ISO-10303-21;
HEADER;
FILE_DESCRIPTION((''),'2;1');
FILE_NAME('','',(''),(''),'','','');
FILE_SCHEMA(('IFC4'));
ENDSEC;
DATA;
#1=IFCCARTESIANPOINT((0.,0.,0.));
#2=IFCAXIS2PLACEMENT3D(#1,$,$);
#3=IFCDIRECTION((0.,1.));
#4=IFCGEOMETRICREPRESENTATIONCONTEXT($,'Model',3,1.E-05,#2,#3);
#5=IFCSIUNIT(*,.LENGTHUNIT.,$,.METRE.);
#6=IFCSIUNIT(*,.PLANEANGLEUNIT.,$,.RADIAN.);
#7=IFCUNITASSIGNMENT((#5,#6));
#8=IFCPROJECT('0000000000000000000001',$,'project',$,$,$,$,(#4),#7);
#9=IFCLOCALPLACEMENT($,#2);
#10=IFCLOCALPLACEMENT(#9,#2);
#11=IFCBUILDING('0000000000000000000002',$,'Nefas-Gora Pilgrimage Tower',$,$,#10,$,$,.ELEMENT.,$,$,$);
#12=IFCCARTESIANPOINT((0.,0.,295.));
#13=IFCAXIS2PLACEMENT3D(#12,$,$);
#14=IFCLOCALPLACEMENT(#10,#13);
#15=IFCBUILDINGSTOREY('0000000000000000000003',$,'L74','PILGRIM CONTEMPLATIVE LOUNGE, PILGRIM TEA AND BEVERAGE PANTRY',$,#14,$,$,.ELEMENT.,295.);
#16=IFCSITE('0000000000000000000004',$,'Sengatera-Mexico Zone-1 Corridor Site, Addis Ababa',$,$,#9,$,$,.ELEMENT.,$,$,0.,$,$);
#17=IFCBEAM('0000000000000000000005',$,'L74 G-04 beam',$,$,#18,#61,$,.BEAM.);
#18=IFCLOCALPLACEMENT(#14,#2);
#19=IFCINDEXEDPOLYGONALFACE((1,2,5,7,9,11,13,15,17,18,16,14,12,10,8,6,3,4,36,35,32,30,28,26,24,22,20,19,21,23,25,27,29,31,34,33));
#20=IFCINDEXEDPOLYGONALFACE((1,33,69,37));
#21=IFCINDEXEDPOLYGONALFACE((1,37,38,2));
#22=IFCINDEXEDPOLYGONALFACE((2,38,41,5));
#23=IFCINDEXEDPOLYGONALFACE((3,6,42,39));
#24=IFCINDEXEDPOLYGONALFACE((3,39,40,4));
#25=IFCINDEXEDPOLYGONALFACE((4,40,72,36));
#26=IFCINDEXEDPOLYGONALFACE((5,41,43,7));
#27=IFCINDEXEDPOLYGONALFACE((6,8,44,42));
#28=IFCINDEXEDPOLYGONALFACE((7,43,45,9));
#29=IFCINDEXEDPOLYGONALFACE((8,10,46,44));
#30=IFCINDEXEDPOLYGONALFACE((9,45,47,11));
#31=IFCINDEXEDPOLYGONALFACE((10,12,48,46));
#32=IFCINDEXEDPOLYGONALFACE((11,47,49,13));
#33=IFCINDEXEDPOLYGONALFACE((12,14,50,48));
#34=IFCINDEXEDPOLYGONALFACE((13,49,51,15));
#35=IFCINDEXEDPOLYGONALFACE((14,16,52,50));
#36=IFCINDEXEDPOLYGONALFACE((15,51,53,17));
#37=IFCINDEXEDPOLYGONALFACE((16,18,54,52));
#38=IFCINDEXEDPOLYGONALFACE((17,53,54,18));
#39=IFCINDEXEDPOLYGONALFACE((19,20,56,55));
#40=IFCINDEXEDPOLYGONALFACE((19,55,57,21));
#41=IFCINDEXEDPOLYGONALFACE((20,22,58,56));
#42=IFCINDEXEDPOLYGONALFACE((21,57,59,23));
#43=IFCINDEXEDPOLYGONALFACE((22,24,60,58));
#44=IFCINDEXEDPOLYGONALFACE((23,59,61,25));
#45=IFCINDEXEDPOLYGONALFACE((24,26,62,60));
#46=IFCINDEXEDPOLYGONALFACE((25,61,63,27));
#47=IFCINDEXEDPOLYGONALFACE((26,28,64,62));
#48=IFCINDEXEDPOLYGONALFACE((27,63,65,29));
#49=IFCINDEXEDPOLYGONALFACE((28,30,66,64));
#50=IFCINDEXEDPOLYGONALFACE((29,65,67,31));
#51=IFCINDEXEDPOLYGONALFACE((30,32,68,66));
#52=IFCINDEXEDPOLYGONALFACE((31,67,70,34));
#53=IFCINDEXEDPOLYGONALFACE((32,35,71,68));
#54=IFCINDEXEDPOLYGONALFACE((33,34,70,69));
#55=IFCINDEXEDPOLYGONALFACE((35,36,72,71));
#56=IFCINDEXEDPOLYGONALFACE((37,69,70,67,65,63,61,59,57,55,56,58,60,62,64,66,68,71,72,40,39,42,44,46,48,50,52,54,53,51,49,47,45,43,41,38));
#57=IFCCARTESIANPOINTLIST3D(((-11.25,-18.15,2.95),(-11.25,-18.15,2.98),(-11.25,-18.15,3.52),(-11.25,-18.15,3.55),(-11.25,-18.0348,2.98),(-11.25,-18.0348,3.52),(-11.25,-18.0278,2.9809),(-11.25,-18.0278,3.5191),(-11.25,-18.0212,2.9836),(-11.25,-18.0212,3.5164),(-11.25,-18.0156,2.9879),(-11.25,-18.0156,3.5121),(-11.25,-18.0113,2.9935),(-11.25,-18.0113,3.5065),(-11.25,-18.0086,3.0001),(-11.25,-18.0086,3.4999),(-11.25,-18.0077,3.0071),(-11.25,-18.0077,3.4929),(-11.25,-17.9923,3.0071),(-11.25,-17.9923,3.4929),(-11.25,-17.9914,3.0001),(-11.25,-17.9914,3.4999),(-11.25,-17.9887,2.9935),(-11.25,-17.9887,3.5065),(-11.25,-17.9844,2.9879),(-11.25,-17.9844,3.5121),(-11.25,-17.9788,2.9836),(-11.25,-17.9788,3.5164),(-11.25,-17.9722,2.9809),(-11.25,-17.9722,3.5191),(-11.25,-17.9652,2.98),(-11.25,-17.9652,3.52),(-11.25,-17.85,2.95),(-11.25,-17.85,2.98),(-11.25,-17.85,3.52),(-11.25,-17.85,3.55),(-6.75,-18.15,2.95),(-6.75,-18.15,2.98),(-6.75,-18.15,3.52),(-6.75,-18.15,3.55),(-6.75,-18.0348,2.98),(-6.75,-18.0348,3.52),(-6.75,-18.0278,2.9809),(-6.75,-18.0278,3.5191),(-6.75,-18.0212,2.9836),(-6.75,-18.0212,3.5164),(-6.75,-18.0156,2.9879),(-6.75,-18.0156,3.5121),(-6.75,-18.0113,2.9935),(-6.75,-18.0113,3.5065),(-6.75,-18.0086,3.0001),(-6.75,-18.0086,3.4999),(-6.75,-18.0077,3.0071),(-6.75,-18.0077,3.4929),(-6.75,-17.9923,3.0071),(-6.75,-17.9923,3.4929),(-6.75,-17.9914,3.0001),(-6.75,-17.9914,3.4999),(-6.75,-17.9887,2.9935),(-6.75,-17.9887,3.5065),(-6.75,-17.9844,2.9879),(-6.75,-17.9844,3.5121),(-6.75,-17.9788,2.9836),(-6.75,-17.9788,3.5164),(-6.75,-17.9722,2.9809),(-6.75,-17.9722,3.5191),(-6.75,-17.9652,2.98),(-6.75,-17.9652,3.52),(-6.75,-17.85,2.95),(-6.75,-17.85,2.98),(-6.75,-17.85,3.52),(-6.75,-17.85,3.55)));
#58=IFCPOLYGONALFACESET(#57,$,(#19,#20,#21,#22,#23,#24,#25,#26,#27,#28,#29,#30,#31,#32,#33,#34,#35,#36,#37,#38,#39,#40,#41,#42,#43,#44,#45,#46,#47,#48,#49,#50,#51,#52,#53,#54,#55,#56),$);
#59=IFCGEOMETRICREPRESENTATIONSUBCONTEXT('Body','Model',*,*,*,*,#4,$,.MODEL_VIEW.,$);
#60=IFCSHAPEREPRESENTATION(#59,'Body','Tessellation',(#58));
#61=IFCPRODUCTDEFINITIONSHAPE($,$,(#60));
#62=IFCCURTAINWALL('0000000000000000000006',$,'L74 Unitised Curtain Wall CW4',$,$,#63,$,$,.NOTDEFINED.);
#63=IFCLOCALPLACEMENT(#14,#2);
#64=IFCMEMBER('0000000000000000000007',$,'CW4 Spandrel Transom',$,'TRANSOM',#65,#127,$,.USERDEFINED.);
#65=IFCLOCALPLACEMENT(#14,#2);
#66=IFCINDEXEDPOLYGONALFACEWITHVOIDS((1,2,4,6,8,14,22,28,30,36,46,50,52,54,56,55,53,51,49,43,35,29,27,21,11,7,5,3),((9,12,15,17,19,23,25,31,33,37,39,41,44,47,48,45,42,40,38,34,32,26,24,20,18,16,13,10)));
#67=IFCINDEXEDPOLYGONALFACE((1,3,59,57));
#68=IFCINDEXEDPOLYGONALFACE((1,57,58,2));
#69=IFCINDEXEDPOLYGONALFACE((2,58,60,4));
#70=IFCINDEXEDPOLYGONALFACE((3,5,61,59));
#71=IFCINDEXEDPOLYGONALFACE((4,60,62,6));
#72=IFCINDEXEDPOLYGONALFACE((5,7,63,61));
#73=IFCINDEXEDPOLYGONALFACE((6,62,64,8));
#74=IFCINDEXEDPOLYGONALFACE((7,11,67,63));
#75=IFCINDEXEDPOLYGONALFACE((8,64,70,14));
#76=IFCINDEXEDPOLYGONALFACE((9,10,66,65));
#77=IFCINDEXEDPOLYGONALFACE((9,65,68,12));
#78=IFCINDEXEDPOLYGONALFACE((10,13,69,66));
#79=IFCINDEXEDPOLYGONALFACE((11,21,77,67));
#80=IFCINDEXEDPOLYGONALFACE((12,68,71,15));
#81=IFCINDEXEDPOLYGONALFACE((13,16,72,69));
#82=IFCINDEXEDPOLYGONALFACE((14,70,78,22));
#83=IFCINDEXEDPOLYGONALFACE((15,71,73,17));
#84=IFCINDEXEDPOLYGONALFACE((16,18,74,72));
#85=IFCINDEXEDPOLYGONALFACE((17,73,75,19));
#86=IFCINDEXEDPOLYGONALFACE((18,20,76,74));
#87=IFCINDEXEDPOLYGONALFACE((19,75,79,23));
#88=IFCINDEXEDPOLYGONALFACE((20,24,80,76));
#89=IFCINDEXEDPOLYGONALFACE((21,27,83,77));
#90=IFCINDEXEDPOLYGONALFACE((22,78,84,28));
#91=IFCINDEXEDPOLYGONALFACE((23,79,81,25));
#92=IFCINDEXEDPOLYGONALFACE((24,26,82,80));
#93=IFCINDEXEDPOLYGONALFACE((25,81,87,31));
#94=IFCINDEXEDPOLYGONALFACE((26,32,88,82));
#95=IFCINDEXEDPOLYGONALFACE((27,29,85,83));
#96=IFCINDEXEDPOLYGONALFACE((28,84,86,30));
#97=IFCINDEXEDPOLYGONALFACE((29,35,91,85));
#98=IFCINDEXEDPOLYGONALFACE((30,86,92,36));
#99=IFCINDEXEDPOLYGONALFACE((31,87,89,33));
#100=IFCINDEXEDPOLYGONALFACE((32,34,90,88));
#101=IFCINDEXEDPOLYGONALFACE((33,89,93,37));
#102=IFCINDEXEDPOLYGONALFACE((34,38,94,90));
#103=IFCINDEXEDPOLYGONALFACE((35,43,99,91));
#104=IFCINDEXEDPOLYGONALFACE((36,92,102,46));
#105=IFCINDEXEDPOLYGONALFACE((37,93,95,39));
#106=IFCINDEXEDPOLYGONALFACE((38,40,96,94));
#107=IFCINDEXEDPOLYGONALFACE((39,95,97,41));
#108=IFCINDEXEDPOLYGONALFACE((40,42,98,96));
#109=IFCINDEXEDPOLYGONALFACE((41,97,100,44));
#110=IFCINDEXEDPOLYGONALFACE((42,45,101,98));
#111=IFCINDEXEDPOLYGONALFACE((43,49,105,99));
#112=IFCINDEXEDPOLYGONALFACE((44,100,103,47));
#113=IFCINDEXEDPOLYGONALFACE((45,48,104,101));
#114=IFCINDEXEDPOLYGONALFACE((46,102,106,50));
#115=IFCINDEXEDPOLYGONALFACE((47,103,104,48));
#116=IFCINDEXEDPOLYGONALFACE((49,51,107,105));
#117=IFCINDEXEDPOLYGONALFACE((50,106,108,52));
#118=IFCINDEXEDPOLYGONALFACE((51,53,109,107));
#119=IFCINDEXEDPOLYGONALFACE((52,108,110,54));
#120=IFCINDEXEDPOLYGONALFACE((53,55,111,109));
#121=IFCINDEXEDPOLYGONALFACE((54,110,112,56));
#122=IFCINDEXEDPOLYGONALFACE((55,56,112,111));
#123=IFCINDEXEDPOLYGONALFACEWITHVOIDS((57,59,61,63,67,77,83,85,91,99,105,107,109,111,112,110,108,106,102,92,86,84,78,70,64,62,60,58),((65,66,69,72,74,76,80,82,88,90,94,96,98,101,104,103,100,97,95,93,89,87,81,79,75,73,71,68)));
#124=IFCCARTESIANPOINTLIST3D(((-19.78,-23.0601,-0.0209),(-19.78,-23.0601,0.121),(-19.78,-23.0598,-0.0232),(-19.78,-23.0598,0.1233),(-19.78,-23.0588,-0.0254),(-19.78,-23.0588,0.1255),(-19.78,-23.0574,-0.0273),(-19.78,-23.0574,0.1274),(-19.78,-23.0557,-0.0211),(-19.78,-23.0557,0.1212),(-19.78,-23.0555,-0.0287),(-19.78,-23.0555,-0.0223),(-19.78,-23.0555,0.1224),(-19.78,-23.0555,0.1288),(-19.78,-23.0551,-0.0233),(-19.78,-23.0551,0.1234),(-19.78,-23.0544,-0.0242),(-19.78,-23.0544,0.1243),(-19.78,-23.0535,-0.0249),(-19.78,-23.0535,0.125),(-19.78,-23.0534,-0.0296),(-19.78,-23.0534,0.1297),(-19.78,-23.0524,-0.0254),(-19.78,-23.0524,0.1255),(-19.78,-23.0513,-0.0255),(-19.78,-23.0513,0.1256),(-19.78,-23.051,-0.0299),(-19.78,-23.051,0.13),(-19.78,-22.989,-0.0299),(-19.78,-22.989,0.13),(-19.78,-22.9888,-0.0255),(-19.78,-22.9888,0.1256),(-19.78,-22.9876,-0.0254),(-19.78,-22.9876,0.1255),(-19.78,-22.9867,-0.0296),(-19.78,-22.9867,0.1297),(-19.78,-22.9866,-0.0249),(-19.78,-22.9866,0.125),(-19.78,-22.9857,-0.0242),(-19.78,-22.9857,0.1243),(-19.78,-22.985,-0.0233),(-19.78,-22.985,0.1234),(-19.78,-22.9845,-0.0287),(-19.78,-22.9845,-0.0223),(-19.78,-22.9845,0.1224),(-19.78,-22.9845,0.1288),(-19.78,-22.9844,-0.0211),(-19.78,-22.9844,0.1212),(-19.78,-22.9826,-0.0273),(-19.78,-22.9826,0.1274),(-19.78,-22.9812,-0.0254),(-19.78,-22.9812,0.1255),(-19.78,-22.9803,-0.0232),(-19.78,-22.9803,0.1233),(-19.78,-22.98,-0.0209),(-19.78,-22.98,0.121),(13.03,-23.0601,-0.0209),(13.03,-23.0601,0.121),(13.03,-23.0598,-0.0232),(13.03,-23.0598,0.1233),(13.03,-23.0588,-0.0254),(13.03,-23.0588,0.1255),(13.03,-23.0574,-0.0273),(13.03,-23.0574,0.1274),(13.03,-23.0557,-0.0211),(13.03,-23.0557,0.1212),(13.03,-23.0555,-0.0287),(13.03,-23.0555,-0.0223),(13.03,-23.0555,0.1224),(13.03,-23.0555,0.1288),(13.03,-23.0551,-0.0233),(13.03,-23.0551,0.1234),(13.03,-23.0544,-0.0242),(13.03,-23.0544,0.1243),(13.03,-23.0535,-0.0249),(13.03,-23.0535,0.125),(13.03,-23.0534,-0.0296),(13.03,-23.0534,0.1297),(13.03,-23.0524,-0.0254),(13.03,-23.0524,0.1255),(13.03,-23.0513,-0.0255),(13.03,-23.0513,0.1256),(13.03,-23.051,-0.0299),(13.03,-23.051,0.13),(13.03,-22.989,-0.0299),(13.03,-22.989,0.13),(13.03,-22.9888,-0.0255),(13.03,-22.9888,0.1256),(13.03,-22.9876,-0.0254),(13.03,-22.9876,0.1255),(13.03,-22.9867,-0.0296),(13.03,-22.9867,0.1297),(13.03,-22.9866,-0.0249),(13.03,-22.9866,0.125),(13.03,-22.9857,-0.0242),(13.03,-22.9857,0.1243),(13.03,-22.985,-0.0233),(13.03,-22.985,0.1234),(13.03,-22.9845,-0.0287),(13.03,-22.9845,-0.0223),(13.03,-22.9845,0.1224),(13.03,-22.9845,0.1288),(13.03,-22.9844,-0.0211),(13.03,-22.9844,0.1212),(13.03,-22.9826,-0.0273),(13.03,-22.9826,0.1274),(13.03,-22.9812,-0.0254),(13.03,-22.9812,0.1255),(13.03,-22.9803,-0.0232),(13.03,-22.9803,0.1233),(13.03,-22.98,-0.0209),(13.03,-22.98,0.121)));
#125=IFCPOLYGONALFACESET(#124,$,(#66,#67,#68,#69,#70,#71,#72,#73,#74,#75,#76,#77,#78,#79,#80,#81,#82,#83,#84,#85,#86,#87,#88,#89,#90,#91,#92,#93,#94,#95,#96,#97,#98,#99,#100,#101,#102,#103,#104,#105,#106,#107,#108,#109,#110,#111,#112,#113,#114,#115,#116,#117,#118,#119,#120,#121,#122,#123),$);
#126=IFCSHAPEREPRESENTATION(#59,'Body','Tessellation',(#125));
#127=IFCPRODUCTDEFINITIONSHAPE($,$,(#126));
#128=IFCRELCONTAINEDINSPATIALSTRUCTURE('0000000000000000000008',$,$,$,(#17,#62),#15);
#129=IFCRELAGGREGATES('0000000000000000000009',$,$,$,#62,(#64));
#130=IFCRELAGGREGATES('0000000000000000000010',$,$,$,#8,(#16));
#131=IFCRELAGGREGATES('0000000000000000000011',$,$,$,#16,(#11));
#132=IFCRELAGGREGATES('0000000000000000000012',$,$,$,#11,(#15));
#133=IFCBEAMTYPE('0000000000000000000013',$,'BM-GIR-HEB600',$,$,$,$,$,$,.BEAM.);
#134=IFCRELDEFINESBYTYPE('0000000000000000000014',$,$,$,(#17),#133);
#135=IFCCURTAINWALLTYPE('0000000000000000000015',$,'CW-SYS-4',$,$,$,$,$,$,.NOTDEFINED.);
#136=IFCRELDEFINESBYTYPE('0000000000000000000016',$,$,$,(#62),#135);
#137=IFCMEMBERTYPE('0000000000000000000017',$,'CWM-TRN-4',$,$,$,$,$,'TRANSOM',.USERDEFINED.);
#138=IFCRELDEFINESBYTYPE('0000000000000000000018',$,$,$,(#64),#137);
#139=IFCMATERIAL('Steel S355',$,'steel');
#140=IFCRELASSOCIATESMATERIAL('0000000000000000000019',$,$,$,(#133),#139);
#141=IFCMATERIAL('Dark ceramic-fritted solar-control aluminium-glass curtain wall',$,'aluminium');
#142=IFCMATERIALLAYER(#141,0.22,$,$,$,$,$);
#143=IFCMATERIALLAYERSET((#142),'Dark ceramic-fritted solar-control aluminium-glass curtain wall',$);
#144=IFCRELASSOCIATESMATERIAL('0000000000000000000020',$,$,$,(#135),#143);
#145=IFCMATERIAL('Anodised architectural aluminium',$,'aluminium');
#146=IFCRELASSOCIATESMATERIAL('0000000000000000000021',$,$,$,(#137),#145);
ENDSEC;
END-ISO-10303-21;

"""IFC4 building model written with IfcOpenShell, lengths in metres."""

from ifc_helpers import new_model, si_unit, direction, frame, origin, origin_2d, place, context, subcontext, project, spatial, hollow_rectangle, i_section, extrude, source, transform, mapped, material, layer, layer_set, material_profile, profile_set, type_object, element, aggregate, save


model = new_model("IFC4")

# Units and contexts
model_context = context("Model", 3, precision=1e-05, world=origin(), true_north=direction((0.0, 1.0)))
body_context = subcontext(model_context, "Body", "Model", "MODEL_VIEW")
ifc_project = project(units=[si_unit("LENGTHUNIT", "METRE"), si_unit("PLANEANGLEUNIT", "RADIAN")], contexts=[model_context])

# Site, building, storey
site_placement = place(None, origin())
site = spatial("IfcSite", under=ifc_project, at=site_placement, Name="Sengatera-Mexico Zone-1 Corridor Site, Addis Ababa", CompositionType="ELEMENT", RefElevation=0.0)
building_placement = place(site_placement, origin())
building = spatial("IfcBuilding", under=site, at=building_placement, Name="Nefas-Gora Pilgrimage Tower", CompositionType="ELEMENT")
storey_placement = place(building_placement, frame((0.0, 0.0, 295.0)))
storey = spatial("IfcBuildingStorey", under=building, at=storey_placement, Name="L74", Description="PILGRIM CONTEMPLATIVE LOUNGE, PILGRIM TEA AND BEVERAGE PANTRY", CompositionType="ELEMENT", Elevation=295.0)

# Shared definitions
ifc_material_1 = material(Name="Steel S355", Category="steel")

# Beam
ifc_material_profile_1 = material_profile(ifc_material_1, i_section(OverallWidth=0.3, OverallDepth=0.6001, WebThickness=0.0154, FlangeThickness=0.03, FilletRadius=0.0271, at=origin_2d()), Name="HEB 600")
ifc_profile_set_1 = profile_set([ifc_material_profile_1], Name="Steel S355")
beam_type_1 = type_object("IfcBeamType", Name="BM-GIR-HEB600", PredefinedType="BEAM", material=ifc_profile_set_1)
shared_shape_1 = source(origin(), body_context, "Body", "SweptSolid", [
    extrude(i_section(OverallWidth=0.3, OverallDepth=0.6001, WebThickness=0.0154, FlangeThickness=0.03, FilletRadius=0.0271, at=origin_2d()), origin(), (0.0, 0.0, 1.0), 4.5),
])
for number, where, z_axis, x_axis, name in (
    (1, (-11.25, -18.0, 3.25), (1.0, 0.0, 0.0), (0.0, 1.0, 0.0), "L74 G-04 beam"),
):
    element("IfcBeam", number, at=place(storey_placement, frame(where, z_axis=z_axis, x_axis=x_axis)), inside=storey, type_object=beam_type_1, Name=name, PredefinedType="BEAM", context=body_context, shape_type="MappedRepresentation", body=[
        mapped(shared_shape_1, transform((0.0, 0.0, 0.0), x_axis=(1.0, 0.0, 0.0), y_axis=(0.0, 1.0, 0.0), z_axis=(0.0, 0.0, 1.0), scale=1.0)),
    ])

# Curtain wall, member
ifc_material_2 = material(Name="Dark ceramic-fritted solar-control aluminium-glass curtain wall", Category="aluminium")
ifc_layer_1 = layer(ifc_material_2, 0.22)
ifc_layer_set_1 = layer_set([ifc_layer_1], Name="Dark ceramic-fritted solar-control aluminium-glass curtain wall")
curtain_wall_type = type_object("IfcCurtainWallType", Name="CW-SYS-4", PredefinedType="NOTDEFINED", material=ifc_layer_set_1)
curtain_wall_1_placement = place(storey_placement, origin())
curtain_wall_1 = element("IfcCurtainWall", 2, at=curtain_wall_1_placement, inside=storey, type_object=curtain_wall_type, Name="L74 Unitised Curtain Wall CW4", PredefinedType="NOTDEFINED")
ifc_material_3 = material(Name="Anodised architectural aluminium", Category="aluminium")
ifc_material_profile_2 = material_profile(ifc_material_3, hollow_rectangle(XDim=0.0801, YDim=0.1599, WallThickness=0.0044, InnerFilletRadius=0.0044, OuterFilletRadius=0.009, at=origin_2d()), Name="ALU TRANSOM 80x160")
ifc_profile_set_2 = profile_set([ifc_material_profile_2], Name="Anodised architectural aluminium")
member_type_1 = type_object("IfcMemberType", Name="CWM-TRN-4", ElementType="TRANSOM", PredefinedType="USERDEFINED", material=ifc_profile_set_2)
shared_shape_2 = source(origin(), body_context, "Body", "SweptSolid", [
    extrude(hollow_rectangle(XDim=0.0801, YDim=0.1599, WallThickness=0.0044, InnerFilletRadius=0.0044, OuterFilletRadius=0.009, at=origin_2d()), origin(), (0.0, 0.0, 1.0), 32.8101),
])
member_1_placement = place(storey_placement, frame((-19.78, -23.02, 0.05), z_axis=(1.0, 0.0, 0.0), x_axis=(0.0, 1.0, 0.0)))
member_1 = element("IfcMember", 3, at=member_1_placement, type_object=member_type_1, Name="CW4 Spandrel Transom", ObjectType="TRANSOM", PredefinedType="USERDEFINED", context=body_context, shape_type="MappedRepresentation", body=[
    mapped(shared_shape_2, transform((0.0, 0.0, 0.0), x_axis=(1.0, 0.0, 0.0), y_axis=(0.0, 1.0, 0.0), z_axis=(0.0, 0.0, 1.0), scale=1.0)),
])

aggregate(curtain_wall_1, [member_1])

save(model, "model.ifc")
